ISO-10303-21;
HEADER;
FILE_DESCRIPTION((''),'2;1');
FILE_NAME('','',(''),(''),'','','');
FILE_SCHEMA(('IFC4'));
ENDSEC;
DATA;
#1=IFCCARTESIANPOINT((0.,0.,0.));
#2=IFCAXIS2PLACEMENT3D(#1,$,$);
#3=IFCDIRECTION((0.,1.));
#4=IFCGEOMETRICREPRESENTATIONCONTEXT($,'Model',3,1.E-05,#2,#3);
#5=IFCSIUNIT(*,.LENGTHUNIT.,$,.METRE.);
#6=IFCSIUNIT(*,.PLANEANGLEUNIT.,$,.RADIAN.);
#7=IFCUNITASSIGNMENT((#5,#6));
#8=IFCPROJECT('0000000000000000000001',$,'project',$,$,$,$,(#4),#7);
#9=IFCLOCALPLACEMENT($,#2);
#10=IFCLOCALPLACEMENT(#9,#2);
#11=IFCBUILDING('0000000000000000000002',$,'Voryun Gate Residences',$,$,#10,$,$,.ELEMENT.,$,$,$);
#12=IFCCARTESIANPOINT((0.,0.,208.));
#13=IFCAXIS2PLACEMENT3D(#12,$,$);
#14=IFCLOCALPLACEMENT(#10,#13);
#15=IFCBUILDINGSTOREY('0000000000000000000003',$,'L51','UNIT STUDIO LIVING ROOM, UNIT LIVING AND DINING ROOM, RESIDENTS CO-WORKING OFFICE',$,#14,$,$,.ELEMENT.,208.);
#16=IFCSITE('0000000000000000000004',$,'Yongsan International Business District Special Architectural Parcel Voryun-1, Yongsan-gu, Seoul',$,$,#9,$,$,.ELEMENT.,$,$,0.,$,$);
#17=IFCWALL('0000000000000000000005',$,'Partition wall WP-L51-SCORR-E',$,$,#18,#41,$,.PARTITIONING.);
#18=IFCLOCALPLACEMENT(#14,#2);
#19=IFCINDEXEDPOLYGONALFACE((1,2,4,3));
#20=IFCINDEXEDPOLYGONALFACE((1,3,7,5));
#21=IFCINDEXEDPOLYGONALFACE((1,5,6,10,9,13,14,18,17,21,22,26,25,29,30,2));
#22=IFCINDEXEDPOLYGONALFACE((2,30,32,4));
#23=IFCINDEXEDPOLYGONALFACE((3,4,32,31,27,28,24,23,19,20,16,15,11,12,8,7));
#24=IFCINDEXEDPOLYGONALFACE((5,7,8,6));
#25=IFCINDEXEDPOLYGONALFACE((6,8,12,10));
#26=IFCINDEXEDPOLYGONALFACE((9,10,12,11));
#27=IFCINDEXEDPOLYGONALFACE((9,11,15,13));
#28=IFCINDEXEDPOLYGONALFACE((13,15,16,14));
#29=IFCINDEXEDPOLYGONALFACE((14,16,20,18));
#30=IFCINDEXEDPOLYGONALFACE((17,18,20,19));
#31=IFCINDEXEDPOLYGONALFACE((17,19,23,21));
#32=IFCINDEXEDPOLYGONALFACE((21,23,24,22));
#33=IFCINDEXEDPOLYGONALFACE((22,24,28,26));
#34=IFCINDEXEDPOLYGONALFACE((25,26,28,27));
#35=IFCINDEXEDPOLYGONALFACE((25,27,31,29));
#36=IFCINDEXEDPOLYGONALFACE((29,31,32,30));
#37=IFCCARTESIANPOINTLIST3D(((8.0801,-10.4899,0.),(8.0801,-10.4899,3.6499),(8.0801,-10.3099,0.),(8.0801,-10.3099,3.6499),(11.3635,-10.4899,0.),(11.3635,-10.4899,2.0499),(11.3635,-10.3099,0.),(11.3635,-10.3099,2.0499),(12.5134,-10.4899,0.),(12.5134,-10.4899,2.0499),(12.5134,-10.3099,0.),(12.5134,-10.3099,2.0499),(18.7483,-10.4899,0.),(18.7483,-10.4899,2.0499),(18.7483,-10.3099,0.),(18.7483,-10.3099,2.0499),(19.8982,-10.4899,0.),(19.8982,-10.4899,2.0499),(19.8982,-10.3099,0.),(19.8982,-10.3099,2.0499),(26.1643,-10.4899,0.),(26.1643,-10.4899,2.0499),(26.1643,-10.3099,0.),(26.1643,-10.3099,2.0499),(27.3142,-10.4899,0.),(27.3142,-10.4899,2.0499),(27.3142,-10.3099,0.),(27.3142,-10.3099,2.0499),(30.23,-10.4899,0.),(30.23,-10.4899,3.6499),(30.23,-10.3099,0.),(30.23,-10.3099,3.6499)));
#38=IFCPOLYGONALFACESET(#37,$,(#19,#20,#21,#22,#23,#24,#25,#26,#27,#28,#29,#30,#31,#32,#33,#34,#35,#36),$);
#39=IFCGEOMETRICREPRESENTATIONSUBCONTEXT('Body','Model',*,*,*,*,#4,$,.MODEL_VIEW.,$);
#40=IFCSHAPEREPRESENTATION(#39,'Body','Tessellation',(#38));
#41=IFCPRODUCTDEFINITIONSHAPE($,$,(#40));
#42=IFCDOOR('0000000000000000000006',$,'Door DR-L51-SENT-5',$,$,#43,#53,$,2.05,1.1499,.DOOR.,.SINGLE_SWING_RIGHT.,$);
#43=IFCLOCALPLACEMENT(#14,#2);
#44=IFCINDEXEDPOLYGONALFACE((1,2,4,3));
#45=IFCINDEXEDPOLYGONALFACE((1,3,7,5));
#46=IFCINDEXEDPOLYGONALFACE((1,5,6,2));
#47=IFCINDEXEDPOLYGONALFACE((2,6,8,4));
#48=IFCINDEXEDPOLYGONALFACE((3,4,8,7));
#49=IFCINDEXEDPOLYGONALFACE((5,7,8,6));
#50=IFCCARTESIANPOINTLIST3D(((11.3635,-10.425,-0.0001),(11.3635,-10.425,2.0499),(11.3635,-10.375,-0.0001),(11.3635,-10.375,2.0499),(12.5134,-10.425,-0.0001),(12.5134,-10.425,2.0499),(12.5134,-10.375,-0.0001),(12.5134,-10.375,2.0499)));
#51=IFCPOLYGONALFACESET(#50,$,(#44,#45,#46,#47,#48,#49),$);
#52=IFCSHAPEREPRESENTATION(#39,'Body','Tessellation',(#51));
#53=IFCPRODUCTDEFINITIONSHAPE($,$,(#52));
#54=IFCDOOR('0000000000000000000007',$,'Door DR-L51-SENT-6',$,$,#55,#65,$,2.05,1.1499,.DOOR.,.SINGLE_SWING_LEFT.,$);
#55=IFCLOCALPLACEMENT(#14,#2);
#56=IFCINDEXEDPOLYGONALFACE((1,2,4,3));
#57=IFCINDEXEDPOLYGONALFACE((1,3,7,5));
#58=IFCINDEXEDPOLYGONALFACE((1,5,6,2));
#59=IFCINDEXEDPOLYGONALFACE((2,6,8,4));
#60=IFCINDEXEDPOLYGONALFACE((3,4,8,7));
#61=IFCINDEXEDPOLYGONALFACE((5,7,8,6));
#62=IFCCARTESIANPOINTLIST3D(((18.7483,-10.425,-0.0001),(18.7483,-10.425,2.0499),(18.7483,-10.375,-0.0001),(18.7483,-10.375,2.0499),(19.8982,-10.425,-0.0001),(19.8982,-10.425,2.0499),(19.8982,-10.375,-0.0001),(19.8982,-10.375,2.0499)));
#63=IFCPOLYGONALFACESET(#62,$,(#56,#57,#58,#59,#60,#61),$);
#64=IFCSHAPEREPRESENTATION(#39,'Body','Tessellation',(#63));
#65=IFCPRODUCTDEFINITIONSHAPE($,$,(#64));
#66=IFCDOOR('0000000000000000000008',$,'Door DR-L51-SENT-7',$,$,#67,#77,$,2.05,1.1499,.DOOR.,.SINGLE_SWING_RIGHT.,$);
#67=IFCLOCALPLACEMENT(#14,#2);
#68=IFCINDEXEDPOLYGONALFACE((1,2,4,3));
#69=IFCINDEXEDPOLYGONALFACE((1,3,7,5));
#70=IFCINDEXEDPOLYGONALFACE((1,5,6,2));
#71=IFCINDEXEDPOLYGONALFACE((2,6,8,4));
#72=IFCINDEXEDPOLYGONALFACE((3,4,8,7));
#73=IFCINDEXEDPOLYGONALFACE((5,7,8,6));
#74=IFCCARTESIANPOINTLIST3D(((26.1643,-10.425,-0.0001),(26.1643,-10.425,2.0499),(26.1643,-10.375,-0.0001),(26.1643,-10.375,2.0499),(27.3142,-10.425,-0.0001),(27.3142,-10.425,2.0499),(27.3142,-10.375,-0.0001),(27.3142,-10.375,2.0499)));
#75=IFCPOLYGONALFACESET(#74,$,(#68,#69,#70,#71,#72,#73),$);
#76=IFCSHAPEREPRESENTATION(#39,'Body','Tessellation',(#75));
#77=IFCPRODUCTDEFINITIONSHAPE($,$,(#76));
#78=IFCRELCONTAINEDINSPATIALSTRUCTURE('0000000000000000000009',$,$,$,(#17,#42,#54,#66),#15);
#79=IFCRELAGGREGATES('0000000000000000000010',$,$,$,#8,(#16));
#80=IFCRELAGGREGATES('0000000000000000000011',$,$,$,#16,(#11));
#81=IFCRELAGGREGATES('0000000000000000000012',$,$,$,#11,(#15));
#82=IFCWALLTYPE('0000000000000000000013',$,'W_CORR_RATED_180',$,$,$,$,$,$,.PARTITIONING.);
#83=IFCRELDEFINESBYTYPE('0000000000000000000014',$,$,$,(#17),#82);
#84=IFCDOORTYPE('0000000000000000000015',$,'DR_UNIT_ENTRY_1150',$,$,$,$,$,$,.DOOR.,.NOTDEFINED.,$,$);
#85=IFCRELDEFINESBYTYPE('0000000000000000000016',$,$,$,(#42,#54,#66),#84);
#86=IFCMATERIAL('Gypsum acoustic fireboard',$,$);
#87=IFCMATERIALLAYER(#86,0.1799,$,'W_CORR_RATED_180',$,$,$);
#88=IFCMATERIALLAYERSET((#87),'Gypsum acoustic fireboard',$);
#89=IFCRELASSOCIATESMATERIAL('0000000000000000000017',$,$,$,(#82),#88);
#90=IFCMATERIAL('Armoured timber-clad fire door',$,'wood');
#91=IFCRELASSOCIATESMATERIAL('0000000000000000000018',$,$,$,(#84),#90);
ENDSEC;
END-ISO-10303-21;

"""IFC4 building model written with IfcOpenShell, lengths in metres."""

from ifc_helpers import new_model, si_unit, direction, frame, frame_2d, origin, place, context, subcontext, project, spatial, rectangle, extrude, material, layer, layer_set, type_object, element, fill, save


model = new_model("IFC4")

# Units and contexts
model_context = context("Model", 3, precision=1e-05, world=origin(), true_north=direction((0.0, 1.0)))
body_context = subcontext(model_context, "Body", "Model", "MODEL_VIEW")
ifc_project = project(units=[si_unit("LENGTHUNIT", "METRE"), si_unit("PLANEANGLEUNIT", "RADIAN")], contexts=[model_context])

# Site, building, storey
site_placement = place(None, origin())
site = spatial("IfcSite", under=ifc_project, at=site_placement, Name="Yongsan International Business District Special Architectural Parcel Voryun-1, Yongsan-gu, Seoul", CompositionType="ELEMENT", RefElevation=0.0)
building_placement = place(site_placement, origin())
building = spatial("IfcBuilding", under=site, at=building_placement, Name="Voryun Gate Residences", CompositionType="ELEMENT")
storey_placement = place(building_placement, frame((0.0, 0.0, 208.0)))
storey = spatial("IfcBuildingStorey", under=building, at=storey_placement, Name="L51", Description="UNIT STUDIO LIVING ROOM, UNIT LIVING AND DINING ROOM, RESIDENTS CO-WORKING OFFICE", CompositionType="ELEMENT", Elevation=208.0)

# Shared definitions
ifc_material_1 = material(Name="Gypsum acoustic fireboard")
ifc_layer_1 = layer(ifc_material_1, 0.1799, Name="W_CORR_RATED_180")
ifc_layer_set_1 = layer_set([ifc_layer_1], Name="Gypsum acoustic fireboard")
wall_type_1 = type_object("IfcWallType", Name="W_CORR_RATED_180", PredefinedType="PARTITIONING", material=ifc_layer_set_1)

# Wall, openings, doors
wall_1_placement = place(storey_placement, frame((8.0801, -10.3999, 0.0), z_axis=(0.0, 0.0, 1.0), x_axis=(1.0, 0.0, 0.0)))
wall_1 = element("IfcWall", 1, at=wall_1_placement, inside=storey, type_object=wall_type_1, Name="Partition wall WP-L51-SCORR-E", PredefinedType="PARTITIONING", context=body_context, shape_type="SweptSolid", body=[
    extrude(rectangle(XDim=22.1499, YDim=0.1799, at=frame_2d((11.075, 0.0))), origin(), (0.0, 0.0, 1.0), 3.6499),
])
opening_1_placement = place(wall_1_placement, frame((3.2834, 0.0, 0.0)))
opening_1 = element("IfcOpeningElement", 2, at=opening_1_placement, cuts=wall_1, PredefinedType="OPENING", context=body_context, shape_type="SweptSolid", body=[
    extrude(rectangle(XDim=1.1499, YDim=2.05, at=frame_2d((0.575, 1.0249))), frame((0.0, 0.0999, 0.0), z_axis=(0.0, -1.0, 0.0), x_axis=(1.0, 0.0, 0.0)), (0.0, 0.0, 1.0), 0.2),
])
opening_2_placement = place(wall_1_placement, frame((10.6682, 0.0, 0.0)))
opening_2 = element("IfcOpeningElement", 3, at=opening_2_placement, cuts=wall_1, PredefinedType="OPENING", context=body_context, shape_type="SweptSolid", body=[
    extrude(rectangle(XDim=1.1499, YDim=2.05, at=frame_2d((0.575, 1.0249))), frame((0.0, 0.0999, 0.0), z_axis=(0.0, -1.0, 0.0), x_axis=(1.0, 0.0, 0.0)), (0.0, 0.0, 1.0), 0.2),
])
opening_3_placement = place(wall_1_placement, frame((18.0842, 0.0, 0.0)))
opening_3 = element("IfcOpeningElement", 4, at=opening_3_placement, cuts=wall_1, PredefinedType="OPENING", context=body_context, shape_type="SweptSolid", body=[
    extrude(rectangle(XDim=1.1499, YDim=2.05, at=frame_2d((0.575, 1.0249))), frame((0.0, 0.0999, 0.0), z_axis=(0.0, -1.0, 0.0), x_axis=(1.0, 0.0, 0.0)), (0.0, 0.0, 1.0), 0.2),
])
ifc_material_2 = material(Name="Armoured timber-clad fire door", Category="wood")
door_type_1 = type_object("IfcDoorType", Name="DR_UNIT_ENTRY_1150", OperationType="NOTDEFINED", PredefinedType="DOOR", material=ifc_material_2)
door_1_placement = place(opening_1_placement, origin())
door_1 = element("IfcDoor", 5, at=door_1_placement, inside=storey, type_object=door_type_1, Name="Door DR-L51-SENT-5", OperationType="SINGLE_SWING_RIGHT", OverallHeight=2.05, OverallWidth=1.1499, PredefinedType="DOOR", context=body_context, shape_type="SweptSolid", body=[
    extrude(rectangle(XDim=1.1499, YDim=2.05, at=frame_2d((0.575, 1.0249))), frame((0.0, 0.0249, 0.0), z_axis=(0.0, -1.0, 0.0), x_axis=(1.0, 0.0, 0.0)), (0.0, 0.0, 1.0), 0.05),
])
fill(opening_1, door_1)
door_2_placement = place(opening_2_placement, origin())
door_2 = element("IfcDoor", 6, at=door_2_placement, inside=storey, type_object=door_type_1, Name="Door DR-L51-SENT-6", OperationType="SINGLE_SWING_LEFT", OverallHeight=2.05, OverallWidth=1.1499, PredefinedType="DOOR", context=body_context, shape_type="SweptSolid", body=[
    extrude(rectangle(XDim=1.1499, YDim=2.05, at=frame_2d((0.575, 1.0249))), frame((0.0, 0.0249, 0.0), z_axis=(0.0, -1.0, 0.0), x_axis=(1.0, 0.0, 0.0)), (0.0, 0.0, 1.0), 0.05),
])
fill(opening_2, door_2)
door_3_placement = place(opening_3_placement, origin())
door_3 = element("IfcDoor", 7, at=door_3_placement, inside=storey, type_object=door_type_1, Name="Door DR-L51-SENT-7", OperationType="SINGLE_SWING_RIGHT", OverallHeight=2.05, OverallWidth=1.1499, PredefinedType="DOOR", context=body_context, shape_type="SweptSolid", body=[
    extrude(rectangle(XDim=1.1499, YDim=2.05, at=frame_2d((0.575, 1.0249))), frame((0.0, 0.0249, 0.0), z_axis=(0.0, -1.0, 0.0), x_axis=(1.0, 0.0, 0.0)), (0.0, 0.0, 1.0), 0.05),
])
fill(opening_3, door_3)

save(model, "model.ifc")
